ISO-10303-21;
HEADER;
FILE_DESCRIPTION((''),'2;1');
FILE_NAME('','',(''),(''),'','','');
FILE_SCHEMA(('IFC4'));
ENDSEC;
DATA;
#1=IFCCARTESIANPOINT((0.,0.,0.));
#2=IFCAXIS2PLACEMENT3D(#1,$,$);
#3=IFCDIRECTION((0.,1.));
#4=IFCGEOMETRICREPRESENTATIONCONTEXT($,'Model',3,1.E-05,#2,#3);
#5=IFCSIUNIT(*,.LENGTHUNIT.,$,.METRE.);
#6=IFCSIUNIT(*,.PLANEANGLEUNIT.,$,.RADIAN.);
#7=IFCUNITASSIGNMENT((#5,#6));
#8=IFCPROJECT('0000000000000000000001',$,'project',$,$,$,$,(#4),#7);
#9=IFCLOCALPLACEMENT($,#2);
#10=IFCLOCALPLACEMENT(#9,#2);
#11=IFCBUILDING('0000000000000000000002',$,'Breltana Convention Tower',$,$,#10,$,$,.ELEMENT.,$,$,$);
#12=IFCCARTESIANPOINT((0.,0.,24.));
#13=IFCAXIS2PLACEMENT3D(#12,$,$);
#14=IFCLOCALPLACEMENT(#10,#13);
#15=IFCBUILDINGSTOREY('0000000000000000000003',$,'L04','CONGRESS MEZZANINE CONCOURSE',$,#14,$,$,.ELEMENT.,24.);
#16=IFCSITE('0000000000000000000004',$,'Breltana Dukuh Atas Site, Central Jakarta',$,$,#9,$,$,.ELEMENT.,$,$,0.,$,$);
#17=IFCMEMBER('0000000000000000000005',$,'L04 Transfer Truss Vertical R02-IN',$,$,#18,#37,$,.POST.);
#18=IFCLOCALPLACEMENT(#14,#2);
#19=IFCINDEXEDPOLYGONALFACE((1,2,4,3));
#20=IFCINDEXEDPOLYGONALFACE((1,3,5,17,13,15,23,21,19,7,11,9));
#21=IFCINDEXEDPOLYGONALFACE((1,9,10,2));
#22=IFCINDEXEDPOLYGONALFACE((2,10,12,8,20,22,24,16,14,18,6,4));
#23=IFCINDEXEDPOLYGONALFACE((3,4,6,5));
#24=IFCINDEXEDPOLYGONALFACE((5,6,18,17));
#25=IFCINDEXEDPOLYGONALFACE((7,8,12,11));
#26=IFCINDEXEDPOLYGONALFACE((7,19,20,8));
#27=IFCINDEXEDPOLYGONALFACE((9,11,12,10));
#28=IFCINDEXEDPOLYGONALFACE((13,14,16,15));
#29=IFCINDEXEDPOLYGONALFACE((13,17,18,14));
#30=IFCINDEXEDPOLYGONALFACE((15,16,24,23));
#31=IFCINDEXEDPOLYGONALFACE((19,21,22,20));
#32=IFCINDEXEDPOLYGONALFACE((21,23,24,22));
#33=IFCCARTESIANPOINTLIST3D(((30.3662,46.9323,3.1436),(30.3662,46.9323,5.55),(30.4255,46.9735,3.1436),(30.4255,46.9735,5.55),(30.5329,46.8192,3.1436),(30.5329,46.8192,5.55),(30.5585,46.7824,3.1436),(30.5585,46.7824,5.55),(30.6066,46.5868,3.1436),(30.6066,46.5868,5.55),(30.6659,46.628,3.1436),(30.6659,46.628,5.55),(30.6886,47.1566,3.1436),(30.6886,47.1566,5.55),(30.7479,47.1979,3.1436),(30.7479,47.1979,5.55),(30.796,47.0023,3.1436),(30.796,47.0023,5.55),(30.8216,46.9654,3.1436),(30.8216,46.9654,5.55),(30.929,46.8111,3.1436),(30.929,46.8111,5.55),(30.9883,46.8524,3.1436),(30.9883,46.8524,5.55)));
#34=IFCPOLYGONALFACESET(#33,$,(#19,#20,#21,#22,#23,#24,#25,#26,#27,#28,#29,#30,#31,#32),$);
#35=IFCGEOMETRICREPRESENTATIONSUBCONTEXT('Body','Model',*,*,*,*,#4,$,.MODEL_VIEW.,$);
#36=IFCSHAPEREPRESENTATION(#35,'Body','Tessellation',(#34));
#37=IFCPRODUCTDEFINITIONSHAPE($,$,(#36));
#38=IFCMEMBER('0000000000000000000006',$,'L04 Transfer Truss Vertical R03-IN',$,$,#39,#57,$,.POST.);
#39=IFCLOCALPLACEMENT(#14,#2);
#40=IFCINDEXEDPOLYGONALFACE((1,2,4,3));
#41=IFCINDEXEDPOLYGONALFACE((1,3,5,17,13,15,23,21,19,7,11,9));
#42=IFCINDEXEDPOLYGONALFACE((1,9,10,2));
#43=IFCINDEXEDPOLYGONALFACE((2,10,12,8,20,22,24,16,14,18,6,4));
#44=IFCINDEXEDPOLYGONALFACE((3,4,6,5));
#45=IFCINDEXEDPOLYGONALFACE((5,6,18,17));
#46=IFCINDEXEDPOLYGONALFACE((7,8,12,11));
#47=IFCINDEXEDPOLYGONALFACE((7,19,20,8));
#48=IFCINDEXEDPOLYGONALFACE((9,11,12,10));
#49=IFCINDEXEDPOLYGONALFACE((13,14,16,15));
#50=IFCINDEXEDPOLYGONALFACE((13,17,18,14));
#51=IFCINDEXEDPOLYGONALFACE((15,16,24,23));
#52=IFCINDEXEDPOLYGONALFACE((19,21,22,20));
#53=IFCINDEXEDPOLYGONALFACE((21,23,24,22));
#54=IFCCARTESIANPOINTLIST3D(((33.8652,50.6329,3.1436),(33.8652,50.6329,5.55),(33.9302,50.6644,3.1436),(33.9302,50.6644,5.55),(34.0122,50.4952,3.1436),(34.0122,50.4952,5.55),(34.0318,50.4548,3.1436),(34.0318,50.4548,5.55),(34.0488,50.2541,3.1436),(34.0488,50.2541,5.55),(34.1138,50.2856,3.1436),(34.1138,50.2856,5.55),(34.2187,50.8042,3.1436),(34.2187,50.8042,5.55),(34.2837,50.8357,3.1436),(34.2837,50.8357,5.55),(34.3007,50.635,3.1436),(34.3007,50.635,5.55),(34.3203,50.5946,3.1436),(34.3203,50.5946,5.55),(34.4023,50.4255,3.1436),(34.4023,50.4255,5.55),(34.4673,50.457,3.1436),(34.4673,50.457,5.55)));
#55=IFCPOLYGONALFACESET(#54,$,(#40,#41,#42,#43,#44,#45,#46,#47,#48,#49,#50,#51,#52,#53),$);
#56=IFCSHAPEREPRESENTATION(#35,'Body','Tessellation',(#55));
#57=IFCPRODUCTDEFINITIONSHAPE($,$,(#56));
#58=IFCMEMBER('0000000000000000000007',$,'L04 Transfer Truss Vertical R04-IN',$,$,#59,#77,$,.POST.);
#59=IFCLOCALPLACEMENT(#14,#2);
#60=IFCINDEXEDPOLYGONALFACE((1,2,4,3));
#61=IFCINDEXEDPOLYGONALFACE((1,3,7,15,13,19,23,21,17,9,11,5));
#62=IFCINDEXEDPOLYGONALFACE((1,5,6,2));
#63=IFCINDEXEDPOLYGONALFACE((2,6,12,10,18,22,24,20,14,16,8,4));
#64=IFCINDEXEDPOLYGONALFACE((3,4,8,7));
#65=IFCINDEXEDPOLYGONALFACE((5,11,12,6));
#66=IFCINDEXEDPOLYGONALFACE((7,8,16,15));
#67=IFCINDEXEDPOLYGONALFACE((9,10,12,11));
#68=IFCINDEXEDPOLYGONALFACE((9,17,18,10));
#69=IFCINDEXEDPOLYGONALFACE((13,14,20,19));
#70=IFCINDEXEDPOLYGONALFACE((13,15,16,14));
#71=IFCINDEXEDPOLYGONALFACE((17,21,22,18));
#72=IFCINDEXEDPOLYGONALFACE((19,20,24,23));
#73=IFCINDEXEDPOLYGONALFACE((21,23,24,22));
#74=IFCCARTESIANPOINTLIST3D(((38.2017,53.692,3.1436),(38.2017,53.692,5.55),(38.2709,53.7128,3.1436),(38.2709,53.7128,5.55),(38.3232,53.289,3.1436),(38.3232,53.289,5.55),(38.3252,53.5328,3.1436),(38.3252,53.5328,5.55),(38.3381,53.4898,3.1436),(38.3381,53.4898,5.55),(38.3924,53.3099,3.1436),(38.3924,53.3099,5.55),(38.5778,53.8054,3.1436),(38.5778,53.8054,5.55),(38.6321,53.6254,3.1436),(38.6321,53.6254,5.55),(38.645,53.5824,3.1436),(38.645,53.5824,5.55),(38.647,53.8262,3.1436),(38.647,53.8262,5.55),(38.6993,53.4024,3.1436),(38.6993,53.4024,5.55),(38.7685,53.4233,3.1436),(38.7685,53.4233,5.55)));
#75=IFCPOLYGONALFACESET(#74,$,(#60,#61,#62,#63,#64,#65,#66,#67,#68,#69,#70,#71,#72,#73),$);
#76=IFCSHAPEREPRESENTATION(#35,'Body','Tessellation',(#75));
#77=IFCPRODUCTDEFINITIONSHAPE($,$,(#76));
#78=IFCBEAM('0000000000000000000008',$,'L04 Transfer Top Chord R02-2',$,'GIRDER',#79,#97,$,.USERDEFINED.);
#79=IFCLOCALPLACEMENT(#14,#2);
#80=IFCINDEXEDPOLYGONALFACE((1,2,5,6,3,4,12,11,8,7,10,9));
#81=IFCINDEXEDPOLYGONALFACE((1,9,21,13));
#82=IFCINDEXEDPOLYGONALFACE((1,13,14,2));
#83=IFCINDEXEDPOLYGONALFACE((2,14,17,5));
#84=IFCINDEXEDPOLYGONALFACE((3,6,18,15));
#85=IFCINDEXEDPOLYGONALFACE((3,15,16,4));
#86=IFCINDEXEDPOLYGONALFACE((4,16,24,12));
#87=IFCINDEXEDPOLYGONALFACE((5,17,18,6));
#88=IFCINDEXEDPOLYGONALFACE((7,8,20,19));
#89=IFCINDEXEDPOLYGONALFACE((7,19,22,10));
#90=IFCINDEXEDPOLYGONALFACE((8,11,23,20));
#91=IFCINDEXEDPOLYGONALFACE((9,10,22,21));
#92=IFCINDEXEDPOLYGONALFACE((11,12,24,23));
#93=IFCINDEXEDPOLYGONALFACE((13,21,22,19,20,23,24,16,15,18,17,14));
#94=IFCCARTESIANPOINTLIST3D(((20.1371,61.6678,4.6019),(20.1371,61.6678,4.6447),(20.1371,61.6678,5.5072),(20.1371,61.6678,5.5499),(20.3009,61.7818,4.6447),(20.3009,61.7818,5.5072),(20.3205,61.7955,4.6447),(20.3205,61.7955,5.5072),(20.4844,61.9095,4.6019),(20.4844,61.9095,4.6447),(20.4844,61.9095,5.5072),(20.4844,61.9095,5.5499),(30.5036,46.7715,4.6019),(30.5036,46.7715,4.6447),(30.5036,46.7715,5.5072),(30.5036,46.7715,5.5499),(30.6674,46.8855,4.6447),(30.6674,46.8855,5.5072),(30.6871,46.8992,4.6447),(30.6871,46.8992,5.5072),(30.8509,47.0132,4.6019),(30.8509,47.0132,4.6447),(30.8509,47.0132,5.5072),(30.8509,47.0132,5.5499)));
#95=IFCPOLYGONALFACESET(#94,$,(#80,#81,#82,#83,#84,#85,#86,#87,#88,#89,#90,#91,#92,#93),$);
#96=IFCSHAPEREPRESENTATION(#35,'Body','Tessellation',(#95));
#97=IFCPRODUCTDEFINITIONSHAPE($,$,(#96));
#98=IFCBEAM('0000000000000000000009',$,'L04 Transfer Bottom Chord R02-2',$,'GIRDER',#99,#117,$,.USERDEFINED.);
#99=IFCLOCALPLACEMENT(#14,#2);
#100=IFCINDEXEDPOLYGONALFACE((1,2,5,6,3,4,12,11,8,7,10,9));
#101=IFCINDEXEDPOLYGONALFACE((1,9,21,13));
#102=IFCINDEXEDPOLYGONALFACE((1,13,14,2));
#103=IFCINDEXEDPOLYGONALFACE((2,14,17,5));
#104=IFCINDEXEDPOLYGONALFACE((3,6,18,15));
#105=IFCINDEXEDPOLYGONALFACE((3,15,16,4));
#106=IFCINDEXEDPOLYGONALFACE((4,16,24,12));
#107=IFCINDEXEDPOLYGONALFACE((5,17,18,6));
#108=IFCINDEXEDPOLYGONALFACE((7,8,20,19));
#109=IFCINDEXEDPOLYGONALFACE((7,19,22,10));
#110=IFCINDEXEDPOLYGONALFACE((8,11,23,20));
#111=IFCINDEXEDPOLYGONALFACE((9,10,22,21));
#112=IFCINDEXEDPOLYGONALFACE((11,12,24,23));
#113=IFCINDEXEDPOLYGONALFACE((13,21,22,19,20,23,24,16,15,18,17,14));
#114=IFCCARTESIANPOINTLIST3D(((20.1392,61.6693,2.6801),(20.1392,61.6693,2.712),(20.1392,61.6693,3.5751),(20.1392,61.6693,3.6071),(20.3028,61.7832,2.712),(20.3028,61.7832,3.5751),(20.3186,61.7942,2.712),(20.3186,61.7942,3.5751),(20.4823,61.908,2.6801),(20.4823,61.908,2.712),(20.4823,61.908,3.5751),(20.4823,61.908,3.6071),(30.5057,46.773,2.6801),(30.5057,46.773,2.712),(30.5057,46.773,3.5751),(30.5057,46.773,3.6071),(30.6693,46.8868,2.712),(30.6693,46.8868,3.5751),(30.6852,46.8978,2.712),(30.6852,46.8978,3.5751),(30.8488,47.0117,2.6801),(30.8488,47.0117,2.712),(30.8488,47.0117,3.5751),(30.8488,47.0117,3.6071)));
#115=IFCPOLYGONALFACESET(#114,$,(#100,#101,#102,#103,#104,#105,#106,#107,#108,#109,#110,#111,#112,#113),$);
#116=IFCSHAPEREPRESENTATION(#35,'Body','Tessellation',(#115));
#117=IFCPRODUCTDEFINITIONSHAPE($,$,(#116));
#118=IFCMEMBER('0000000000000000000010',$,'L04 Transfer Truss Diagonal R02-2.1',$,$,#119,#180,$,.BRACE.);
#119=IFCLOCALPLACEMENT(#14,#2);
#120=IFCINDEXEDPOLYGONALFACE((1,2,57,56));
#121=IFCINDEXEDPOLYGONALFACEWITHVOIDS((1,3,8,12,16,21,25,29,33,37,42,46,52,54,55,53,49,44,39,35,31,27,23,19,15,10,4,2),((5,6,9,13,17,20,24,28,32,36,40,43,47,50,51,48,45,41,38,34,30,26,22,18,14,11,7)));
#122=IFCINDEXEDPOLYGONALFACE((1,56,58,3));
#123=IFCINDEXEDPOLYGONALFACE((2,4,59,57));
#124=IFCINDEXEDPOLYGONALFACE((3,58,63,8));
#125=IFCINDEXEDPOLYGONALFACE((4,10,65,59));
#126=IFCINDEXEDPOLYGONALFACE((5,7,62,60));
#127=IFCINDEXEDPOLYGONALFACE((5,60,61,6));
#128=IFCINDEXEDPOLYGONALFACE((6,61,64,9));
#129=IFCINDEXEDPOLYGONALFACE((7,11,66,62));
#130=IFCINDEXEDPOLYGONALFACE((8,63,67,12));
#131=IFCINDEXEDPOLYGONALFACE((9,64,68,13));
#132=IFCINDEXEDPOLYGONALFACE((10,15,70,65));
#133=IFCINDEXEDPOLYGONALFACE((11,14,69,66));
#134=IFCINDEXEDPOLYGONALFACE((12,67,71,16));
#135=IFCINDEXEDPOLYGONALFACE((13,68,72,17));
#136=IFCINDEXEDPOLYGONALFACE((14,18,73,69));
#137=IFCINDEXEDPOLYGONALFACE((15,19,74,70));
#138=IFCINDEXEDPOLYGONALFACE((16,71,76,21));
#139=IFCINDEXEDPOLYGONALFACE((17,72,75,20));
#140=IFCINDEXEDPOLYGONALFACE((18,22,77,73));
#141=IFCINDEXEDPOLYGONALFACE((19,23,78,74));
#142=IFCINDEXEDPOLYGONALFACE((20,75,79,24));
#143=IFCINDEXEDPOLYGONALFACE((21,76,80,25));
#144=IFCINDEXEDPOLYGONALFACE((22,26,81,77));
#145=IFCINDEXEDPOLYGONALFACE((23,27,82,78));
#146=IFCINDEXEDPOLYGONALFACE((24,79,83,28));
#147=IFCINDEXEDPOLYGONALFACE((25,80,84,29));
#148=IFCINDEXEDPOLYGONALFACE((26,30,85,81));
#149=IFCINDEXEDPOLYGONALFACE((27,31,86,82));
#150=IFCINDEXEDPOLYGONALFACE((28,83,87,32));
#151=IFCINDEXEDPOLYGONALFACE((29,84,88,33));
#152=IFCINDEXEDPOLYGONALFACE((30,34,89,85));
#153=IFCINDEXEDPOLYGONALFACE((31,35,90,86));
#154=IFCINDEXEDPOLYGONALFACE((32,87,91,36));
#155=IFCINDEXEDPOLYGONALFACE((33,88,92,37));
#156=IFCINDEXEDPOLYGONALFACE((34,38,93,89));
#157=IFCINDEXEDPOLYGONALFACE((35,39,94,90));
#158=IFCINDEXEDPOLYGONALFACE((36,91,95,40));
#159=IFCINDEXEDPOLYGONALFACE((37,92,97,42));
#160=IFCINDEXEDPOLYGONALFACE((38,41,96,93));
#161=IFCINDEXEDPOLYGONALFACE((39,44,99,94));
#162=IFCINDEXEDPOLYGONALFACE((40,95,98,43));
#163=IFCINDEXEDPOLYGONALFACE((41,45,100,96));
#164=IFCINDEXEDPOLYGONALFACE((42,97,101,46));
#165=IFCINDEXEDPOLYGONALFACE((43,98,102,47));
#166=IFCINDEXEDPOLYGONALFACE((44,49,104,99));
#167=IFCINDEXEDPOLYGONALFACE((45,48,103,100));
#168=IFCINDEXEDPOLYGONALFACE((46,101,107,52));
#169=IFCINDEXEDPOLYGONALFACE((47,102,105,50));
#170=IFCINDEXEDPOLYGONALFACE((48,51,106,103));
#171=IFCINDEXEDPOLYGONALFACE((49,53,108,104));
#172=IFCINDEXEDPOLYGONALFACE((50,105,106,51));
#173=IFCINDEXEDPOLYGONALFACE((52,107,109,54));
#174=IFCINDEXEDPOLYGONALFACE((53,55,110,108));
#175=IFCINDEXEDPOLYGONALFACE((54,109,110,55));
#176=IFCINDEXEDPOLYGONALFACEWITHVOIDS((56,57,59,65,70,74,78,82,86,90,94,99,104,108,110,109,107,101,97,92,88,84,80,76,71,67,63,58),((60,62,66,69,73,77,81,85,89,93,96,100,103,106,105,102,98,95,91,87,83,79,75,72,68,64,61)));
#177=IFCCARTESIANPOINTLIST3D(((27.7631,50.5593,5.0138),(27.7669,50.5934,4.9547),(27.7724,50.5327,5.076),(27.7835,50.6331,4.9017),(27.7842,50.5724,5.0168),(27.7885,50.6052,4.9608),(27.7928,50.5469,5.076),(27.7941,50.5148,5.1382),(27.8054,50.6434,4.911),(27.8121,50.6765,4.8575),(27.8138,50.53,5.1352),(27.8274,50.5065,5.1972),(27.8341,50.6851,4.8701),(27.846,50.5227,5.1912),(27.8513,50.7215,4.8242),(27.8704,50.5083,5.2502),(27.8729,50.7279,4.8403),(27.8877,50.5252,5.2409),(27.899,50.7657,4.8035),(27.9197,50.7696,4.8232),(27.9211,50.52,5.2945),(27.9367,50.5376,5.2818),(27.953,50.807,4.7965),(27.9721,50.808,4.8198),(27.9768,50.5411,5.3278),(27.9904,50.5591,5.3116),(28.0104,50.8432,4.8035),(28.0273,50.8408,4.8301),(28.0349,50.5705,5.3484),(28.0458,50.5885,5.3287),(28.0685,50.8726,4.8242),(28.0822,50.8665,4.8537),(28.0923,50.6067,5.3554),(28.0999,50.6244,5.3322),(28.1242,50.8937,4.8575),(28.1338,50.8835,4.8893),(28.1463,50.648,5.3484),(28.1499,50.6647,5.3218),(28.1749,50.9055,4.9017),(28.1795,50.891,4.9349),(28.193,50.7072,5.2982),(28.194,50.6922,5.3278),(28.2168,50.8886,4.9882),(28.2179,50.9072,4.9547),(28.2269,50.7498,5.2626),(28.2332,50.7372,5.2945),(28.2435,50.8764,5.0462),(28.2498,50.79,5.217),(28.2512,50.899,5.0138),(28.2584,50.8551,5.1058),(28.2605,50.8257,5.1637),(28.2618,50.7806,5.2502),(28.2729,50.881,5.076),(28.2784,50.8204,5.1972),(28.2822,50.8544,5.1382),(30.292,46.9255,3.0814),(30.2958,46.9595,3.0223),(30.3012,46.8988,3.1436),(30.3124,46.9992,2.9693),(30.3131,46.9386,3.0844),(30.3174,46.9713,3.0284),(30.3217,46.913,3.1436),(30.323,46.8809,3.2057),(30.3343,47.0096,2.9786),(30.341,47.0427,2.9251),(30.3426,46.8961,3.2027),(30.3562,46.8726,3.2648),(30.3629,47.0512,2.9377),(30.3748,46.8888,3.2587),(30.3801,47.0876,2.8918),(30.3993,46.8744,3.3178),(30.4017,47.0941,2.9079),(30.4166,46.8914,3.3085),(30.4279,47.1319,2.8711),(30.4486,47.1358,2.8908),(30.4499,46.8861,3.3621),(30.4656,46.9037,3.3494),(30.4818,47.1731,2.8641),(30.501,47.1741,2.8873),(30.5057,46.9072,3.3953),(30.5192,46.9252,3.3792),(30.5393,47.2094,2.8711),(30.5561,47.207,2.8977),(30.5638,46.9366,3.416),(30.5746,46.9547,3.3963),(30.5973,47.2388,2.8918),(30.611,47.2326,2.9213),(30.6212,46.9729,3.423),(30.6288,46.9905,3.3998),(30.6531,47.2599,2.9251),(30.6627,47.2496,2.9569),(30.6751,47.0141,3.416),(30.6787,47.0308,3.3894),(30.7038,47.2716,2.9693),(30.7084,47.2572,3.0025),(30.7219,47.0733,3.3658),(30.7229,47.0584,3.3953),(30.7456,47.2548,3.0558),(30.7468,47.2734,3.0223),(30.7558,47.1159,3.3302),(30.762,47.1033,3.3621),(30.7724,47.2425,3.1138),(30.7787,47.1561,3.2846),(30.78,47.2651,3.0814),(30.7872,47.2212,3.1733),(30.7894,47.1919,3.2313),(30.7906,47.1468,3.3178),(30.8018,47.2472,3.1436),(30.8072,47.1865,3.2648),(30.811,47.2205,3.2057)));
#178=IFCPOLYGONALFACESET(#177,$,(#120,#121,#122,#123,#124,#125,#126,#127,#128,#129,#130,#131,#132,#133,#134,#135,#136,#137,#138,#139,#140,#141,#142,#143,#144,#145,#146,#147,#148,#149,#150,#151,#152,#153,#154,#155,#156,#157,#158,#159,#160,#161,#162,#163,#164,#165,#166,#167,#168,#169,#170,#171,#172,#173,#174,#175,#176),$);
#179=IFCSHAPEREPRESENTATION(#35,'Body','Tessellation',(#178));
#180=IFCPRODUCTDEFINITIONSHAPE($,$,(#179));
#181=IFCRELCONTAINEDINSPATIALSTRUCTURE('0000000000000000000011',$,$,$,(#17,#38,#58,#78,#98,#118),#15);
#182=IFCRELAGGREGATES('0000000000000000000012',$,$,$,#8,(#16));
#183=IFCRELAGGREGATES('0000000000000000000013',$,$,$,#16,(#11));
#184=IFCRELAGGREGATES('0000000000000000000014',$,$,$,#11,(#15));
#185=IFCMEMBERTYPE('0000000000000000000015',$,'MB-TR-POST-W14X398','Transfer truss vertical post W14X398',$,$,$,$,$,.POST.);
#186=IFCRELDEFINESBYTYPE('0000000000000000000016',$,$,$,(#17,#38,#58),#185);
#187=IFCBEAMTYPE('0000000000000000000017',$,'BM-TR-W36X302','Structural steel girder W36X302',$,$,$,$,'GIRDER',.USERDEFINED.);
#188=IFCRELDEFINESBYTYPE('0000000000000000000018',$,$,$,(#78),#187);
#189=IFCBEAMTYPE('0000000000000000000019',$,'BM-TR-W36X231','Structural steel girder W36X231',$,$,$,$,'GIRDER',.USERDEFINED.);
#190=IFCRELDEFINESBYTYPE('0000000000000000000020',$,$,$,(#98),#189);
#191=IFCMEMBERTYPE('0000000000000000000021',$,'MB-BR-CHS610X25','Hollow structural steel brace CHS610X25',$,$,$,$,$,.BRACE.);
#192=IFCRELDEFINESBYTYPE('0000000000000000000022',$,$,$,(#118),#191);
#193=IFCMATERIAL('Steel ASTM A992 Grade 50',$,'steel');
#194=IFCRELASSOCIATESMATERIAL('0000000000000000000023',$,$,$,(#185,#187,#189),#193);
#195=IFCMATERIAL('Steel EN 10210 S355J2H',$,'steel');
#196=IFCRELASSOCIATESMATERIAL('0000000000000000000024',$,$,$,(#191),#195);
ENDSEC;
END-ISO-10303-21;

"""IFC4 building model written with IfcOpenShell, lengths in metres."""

from ifc_helpers import new_model, si_unit, direction, frame, origin, origin_2d, place, context, subcontext, project, spatial, hollow_circle, i_section, extrude, source, transform, mapped, material, material_profile, profile_set, type_object, type_shapes, element, save


model = new_model("IFC4")

# Units and contexts
model_context = context("Model", 3, precision=1e-05, world=origin(), true_north=direction((0.0, 1.0)))
body_context = subcontext(model_context, "Body", "Model", "MODEL_VIEW")
ifc_project = project(units=[si_unit("LENGTHUNIT", "METRE"), si_unit("PLANEANGLEUNIT", "RADIAN")], contexts=[model_context])

# Site, building, storey
site_placement = place(None, origin())
site = spatial("IfcSite", under=ifc_project, at=site_placement, Name="Breltana Dukuh Atas Site, Central Jakarta", CompositionType="ELEMENT", RefElevation=0.0)
building_placement = place(site_placement, origin())
building = spatial("IfcBuilding", under=site, at=building_placement, Name="Breltana Convention Tower", CompositionType="ELEMENT")
storey_placement = place(building_placement, frame((0.0, 0.0, 24.0)))
storey = spatial("IfcBuildingStorey", under=building, at=storey_placement, Name="L04", Description="CONGRESS MEZZANINE CONCOURSE", CompositionType="ELEMENT", Elevation=24.0)

# Members
ifc_material_1 = material(Name="Steel ASTM A992 Grade 50", Category="steel")
ifc_material_profile_1 = material_profile(ifc_material_1, i_section(OverallWidth=0.4209, OverallDepth=0.4651, WebThickness=0.0449, FlangeThickness=0.0723, at=origin_2d()), Name="W14X398")
ifc_profile_set_1 = profile_set([ifc_material_profile_1], Name="Steel ASTM A992 Grade 50")
member_type_1 = type_object("IfcMemberType", Name="MB-TR-POST-W14X398", Description="Transfer truss vertical post W14X398", PredefinedType="POST", material=ifc_profile_set_1)
shared_shape_1 = source(origin(), body_context, "Body", "SweptSolid", [
    extrude(i_section(OverallWidth=0.4209, OverallDepth=0.4651, WebThickness=0.0449, FlangeThickness=0.0723, at=origin_2d()), origin(), (0.0, 0.0, 1.0), 2.4065),
])
type_shapes(member_type_1, [shared_shape_1])
for number, where, z_axis, x_axis, name in (
    (1, (30.6772, 46.8923, 3.1436), (0.0, 0.0, 1.0), (-0.571143, 0.82085, 0.0), "L04 Transfer Truss Vertical R02-IN"),
    (2, (34.1663, 50.5449, 3.1436), (0.0, 0.0, 1.0), (-0.436174, 0.899863, 0.0), "L04 Transfer Truss Vertical R03-IN"),
    (3, (38.4851, 53.5576, 3.1436), (0.0, 0.0, 1.0), (-0.288698, 0.95742, 0.0), "L04 Transfer Truss Vertical R04-IN"),
):
    element("IfcMember", number, at=place(storey_placement, frame(where, z_axis=z_axis, x_axis=x_axis)), inside=storey, type_object=member_type_1, Name=name, PredefinedType="POST", context=body_context, shape_type="MappedRepresentation", body=[
        mapped(shared_shape_1, transform((0.0, 0.0, 0.0), scale=1.0)),
    ])

# Beams
ifc_material_profile_2 = material_profile(ifc_material_1, i_section(OverallWidth=0.4231, OverallDepth=0.948, WebThickness=0.0239, FlangeThickness=0.0427, at=origin_2d()), Name="W36X302")
ifc_profile_set_2 = profile_set([ifc_material_profile_2], Name="Steel ASTM A992 Grade 50")
beam_type_1 = type_object("IfcBeamType", Name="BM-TR-W36X302", Description="Structural steel girder W36X302", ElementType="GIRDER", PredefinedType="USERDEFINED", material=ifc_profile_set_2)
shared_shape_2 = source(origin(), body_context, "Body", "SweptSolid", [
    extrude(i_section(OverallWidth=0.4231, OverallDepth=0.948, WebThickness=0.0239, FlangeThickness=0.0427, at=origin_2d()), origin(), (0.0, 0.0, 1.0), 18.1484),
])
beam_1_placement = place(storey_placement, frame((30.6772, 46.8923, 5.0759), z_axis=(-0.571208, 0.820806, 0.0), x_axis=(-0.820806, -0.571208, 0.0)))
element("IfcBeam", 4, at=beam_1_placement, inside=storey, type_object=beam_type_1, Name="L04 Transfer Top Chord R02-2", ObjectType="GIRDER", PredefinedType="USERDEFINED", context=body_context, shape_type="MappedRepresentation", body=[
    mapped(shared_shape_2, transform((0.0, 0.0, 0.0), scale=1.0)),
])
ifc_material_profile_3 = material_profile(ifc_material_1, i_section(OverallWidth=0.418, OverallDepth=0.927, WebThickness=0.0193, FlangeThickness=0.032, at=origin_2d()), Name="W36X231")
ifc_profile_set_3 = profile_set([ifc_material_profile_3], Name="Steel ASTM A992 Grade 50")
beam_type_2 = type_object("IfcBeamType", Name="BM-TR-W36X231", Description="Structural steel girder W36X231", ElementType="GIRDER", PredefinedType="USERDEFINED", material=ifc_profile_set_3)
shared_shape_3 = source(origin(), body_context, "Body", "SweptSolid", [
    extrude(i_section(OverallWidth=0.418, OverallDepth=0.927, WebThickness=0.0193, FlangeThickness=0.032, at=origin_2d()), origin(), (0.0, 0.0, 1.0), 18.1484),
])
beam_2_placement = place(storey_placement, frame((30.6772, 46.8923, 3.1436), z_axis=(-0.571208, 0.820806, 0.0), x_axis=(-0.820806, -0.571208, 0.0)))
element("IfcBeam", 5, at=beam_2_placement, inside=storey, type_object=beam_type_2, Name="L04 Transfer Bottom Chord R02-2", ObjectType="GIRDER", PredefinedType="USERDEFINED", context=body_context, shape_type="MappedRepresentation", body=[
    mapped(shared_shape_3, transform((0.0, 0.0, 0.0), scale=1.0)),
])

# Member
ifc_material_2 = material(Name="Steel EN 10210 S355J2H", Category="steel")
ifc_material_profile_4 = material_profile(ifc_material_2, hollow_circle(Radius=0.3049, WallThickness=0.0249, at=origin_2d()), Name="CHS610X25")
ifc_profile_set_4 = profile_set([ifc_material_profile_4], Name="Steel EN 10210 S355J2H")
member_type_2 = type_object("IfcMemberType", Name="MB-BR-CHS610X25", Description="Hollow structural steel brace CHS610X25", PredefinedType="BRACE", material=ifc_profile_set_4)
shared_shape_4 = source(origin(), body_context, "Body", "SweptSolid", [
    extrude(hollow_circle(Radius=0.3049, WallThickness=0.0249, at=origin_2d()), origin(), (0.0, 0.0, 1.0), 4.8306),
])
member_1_placement = place(storey_placement, frame((30.5515, 47.073, 3.1436), z_axis=(-0.523513, 0.752265, 0.400039), x_axis=(-0.820804, -0.57121, 0.0)))
element("IfcMember", 6, at=member_1_placement, inside=storey, type_object=member_type_2, Name="L04 Transfer Truss Diagonal R02-2.1", PredefinedType="BRACE", context=body_context, shape_type="MappedRepresentation", body=[
    mapped(shared_shape_4, transform((0.0, 0.0, 0.0), scale=1.0)),
])

save(model, "model.ifc")
